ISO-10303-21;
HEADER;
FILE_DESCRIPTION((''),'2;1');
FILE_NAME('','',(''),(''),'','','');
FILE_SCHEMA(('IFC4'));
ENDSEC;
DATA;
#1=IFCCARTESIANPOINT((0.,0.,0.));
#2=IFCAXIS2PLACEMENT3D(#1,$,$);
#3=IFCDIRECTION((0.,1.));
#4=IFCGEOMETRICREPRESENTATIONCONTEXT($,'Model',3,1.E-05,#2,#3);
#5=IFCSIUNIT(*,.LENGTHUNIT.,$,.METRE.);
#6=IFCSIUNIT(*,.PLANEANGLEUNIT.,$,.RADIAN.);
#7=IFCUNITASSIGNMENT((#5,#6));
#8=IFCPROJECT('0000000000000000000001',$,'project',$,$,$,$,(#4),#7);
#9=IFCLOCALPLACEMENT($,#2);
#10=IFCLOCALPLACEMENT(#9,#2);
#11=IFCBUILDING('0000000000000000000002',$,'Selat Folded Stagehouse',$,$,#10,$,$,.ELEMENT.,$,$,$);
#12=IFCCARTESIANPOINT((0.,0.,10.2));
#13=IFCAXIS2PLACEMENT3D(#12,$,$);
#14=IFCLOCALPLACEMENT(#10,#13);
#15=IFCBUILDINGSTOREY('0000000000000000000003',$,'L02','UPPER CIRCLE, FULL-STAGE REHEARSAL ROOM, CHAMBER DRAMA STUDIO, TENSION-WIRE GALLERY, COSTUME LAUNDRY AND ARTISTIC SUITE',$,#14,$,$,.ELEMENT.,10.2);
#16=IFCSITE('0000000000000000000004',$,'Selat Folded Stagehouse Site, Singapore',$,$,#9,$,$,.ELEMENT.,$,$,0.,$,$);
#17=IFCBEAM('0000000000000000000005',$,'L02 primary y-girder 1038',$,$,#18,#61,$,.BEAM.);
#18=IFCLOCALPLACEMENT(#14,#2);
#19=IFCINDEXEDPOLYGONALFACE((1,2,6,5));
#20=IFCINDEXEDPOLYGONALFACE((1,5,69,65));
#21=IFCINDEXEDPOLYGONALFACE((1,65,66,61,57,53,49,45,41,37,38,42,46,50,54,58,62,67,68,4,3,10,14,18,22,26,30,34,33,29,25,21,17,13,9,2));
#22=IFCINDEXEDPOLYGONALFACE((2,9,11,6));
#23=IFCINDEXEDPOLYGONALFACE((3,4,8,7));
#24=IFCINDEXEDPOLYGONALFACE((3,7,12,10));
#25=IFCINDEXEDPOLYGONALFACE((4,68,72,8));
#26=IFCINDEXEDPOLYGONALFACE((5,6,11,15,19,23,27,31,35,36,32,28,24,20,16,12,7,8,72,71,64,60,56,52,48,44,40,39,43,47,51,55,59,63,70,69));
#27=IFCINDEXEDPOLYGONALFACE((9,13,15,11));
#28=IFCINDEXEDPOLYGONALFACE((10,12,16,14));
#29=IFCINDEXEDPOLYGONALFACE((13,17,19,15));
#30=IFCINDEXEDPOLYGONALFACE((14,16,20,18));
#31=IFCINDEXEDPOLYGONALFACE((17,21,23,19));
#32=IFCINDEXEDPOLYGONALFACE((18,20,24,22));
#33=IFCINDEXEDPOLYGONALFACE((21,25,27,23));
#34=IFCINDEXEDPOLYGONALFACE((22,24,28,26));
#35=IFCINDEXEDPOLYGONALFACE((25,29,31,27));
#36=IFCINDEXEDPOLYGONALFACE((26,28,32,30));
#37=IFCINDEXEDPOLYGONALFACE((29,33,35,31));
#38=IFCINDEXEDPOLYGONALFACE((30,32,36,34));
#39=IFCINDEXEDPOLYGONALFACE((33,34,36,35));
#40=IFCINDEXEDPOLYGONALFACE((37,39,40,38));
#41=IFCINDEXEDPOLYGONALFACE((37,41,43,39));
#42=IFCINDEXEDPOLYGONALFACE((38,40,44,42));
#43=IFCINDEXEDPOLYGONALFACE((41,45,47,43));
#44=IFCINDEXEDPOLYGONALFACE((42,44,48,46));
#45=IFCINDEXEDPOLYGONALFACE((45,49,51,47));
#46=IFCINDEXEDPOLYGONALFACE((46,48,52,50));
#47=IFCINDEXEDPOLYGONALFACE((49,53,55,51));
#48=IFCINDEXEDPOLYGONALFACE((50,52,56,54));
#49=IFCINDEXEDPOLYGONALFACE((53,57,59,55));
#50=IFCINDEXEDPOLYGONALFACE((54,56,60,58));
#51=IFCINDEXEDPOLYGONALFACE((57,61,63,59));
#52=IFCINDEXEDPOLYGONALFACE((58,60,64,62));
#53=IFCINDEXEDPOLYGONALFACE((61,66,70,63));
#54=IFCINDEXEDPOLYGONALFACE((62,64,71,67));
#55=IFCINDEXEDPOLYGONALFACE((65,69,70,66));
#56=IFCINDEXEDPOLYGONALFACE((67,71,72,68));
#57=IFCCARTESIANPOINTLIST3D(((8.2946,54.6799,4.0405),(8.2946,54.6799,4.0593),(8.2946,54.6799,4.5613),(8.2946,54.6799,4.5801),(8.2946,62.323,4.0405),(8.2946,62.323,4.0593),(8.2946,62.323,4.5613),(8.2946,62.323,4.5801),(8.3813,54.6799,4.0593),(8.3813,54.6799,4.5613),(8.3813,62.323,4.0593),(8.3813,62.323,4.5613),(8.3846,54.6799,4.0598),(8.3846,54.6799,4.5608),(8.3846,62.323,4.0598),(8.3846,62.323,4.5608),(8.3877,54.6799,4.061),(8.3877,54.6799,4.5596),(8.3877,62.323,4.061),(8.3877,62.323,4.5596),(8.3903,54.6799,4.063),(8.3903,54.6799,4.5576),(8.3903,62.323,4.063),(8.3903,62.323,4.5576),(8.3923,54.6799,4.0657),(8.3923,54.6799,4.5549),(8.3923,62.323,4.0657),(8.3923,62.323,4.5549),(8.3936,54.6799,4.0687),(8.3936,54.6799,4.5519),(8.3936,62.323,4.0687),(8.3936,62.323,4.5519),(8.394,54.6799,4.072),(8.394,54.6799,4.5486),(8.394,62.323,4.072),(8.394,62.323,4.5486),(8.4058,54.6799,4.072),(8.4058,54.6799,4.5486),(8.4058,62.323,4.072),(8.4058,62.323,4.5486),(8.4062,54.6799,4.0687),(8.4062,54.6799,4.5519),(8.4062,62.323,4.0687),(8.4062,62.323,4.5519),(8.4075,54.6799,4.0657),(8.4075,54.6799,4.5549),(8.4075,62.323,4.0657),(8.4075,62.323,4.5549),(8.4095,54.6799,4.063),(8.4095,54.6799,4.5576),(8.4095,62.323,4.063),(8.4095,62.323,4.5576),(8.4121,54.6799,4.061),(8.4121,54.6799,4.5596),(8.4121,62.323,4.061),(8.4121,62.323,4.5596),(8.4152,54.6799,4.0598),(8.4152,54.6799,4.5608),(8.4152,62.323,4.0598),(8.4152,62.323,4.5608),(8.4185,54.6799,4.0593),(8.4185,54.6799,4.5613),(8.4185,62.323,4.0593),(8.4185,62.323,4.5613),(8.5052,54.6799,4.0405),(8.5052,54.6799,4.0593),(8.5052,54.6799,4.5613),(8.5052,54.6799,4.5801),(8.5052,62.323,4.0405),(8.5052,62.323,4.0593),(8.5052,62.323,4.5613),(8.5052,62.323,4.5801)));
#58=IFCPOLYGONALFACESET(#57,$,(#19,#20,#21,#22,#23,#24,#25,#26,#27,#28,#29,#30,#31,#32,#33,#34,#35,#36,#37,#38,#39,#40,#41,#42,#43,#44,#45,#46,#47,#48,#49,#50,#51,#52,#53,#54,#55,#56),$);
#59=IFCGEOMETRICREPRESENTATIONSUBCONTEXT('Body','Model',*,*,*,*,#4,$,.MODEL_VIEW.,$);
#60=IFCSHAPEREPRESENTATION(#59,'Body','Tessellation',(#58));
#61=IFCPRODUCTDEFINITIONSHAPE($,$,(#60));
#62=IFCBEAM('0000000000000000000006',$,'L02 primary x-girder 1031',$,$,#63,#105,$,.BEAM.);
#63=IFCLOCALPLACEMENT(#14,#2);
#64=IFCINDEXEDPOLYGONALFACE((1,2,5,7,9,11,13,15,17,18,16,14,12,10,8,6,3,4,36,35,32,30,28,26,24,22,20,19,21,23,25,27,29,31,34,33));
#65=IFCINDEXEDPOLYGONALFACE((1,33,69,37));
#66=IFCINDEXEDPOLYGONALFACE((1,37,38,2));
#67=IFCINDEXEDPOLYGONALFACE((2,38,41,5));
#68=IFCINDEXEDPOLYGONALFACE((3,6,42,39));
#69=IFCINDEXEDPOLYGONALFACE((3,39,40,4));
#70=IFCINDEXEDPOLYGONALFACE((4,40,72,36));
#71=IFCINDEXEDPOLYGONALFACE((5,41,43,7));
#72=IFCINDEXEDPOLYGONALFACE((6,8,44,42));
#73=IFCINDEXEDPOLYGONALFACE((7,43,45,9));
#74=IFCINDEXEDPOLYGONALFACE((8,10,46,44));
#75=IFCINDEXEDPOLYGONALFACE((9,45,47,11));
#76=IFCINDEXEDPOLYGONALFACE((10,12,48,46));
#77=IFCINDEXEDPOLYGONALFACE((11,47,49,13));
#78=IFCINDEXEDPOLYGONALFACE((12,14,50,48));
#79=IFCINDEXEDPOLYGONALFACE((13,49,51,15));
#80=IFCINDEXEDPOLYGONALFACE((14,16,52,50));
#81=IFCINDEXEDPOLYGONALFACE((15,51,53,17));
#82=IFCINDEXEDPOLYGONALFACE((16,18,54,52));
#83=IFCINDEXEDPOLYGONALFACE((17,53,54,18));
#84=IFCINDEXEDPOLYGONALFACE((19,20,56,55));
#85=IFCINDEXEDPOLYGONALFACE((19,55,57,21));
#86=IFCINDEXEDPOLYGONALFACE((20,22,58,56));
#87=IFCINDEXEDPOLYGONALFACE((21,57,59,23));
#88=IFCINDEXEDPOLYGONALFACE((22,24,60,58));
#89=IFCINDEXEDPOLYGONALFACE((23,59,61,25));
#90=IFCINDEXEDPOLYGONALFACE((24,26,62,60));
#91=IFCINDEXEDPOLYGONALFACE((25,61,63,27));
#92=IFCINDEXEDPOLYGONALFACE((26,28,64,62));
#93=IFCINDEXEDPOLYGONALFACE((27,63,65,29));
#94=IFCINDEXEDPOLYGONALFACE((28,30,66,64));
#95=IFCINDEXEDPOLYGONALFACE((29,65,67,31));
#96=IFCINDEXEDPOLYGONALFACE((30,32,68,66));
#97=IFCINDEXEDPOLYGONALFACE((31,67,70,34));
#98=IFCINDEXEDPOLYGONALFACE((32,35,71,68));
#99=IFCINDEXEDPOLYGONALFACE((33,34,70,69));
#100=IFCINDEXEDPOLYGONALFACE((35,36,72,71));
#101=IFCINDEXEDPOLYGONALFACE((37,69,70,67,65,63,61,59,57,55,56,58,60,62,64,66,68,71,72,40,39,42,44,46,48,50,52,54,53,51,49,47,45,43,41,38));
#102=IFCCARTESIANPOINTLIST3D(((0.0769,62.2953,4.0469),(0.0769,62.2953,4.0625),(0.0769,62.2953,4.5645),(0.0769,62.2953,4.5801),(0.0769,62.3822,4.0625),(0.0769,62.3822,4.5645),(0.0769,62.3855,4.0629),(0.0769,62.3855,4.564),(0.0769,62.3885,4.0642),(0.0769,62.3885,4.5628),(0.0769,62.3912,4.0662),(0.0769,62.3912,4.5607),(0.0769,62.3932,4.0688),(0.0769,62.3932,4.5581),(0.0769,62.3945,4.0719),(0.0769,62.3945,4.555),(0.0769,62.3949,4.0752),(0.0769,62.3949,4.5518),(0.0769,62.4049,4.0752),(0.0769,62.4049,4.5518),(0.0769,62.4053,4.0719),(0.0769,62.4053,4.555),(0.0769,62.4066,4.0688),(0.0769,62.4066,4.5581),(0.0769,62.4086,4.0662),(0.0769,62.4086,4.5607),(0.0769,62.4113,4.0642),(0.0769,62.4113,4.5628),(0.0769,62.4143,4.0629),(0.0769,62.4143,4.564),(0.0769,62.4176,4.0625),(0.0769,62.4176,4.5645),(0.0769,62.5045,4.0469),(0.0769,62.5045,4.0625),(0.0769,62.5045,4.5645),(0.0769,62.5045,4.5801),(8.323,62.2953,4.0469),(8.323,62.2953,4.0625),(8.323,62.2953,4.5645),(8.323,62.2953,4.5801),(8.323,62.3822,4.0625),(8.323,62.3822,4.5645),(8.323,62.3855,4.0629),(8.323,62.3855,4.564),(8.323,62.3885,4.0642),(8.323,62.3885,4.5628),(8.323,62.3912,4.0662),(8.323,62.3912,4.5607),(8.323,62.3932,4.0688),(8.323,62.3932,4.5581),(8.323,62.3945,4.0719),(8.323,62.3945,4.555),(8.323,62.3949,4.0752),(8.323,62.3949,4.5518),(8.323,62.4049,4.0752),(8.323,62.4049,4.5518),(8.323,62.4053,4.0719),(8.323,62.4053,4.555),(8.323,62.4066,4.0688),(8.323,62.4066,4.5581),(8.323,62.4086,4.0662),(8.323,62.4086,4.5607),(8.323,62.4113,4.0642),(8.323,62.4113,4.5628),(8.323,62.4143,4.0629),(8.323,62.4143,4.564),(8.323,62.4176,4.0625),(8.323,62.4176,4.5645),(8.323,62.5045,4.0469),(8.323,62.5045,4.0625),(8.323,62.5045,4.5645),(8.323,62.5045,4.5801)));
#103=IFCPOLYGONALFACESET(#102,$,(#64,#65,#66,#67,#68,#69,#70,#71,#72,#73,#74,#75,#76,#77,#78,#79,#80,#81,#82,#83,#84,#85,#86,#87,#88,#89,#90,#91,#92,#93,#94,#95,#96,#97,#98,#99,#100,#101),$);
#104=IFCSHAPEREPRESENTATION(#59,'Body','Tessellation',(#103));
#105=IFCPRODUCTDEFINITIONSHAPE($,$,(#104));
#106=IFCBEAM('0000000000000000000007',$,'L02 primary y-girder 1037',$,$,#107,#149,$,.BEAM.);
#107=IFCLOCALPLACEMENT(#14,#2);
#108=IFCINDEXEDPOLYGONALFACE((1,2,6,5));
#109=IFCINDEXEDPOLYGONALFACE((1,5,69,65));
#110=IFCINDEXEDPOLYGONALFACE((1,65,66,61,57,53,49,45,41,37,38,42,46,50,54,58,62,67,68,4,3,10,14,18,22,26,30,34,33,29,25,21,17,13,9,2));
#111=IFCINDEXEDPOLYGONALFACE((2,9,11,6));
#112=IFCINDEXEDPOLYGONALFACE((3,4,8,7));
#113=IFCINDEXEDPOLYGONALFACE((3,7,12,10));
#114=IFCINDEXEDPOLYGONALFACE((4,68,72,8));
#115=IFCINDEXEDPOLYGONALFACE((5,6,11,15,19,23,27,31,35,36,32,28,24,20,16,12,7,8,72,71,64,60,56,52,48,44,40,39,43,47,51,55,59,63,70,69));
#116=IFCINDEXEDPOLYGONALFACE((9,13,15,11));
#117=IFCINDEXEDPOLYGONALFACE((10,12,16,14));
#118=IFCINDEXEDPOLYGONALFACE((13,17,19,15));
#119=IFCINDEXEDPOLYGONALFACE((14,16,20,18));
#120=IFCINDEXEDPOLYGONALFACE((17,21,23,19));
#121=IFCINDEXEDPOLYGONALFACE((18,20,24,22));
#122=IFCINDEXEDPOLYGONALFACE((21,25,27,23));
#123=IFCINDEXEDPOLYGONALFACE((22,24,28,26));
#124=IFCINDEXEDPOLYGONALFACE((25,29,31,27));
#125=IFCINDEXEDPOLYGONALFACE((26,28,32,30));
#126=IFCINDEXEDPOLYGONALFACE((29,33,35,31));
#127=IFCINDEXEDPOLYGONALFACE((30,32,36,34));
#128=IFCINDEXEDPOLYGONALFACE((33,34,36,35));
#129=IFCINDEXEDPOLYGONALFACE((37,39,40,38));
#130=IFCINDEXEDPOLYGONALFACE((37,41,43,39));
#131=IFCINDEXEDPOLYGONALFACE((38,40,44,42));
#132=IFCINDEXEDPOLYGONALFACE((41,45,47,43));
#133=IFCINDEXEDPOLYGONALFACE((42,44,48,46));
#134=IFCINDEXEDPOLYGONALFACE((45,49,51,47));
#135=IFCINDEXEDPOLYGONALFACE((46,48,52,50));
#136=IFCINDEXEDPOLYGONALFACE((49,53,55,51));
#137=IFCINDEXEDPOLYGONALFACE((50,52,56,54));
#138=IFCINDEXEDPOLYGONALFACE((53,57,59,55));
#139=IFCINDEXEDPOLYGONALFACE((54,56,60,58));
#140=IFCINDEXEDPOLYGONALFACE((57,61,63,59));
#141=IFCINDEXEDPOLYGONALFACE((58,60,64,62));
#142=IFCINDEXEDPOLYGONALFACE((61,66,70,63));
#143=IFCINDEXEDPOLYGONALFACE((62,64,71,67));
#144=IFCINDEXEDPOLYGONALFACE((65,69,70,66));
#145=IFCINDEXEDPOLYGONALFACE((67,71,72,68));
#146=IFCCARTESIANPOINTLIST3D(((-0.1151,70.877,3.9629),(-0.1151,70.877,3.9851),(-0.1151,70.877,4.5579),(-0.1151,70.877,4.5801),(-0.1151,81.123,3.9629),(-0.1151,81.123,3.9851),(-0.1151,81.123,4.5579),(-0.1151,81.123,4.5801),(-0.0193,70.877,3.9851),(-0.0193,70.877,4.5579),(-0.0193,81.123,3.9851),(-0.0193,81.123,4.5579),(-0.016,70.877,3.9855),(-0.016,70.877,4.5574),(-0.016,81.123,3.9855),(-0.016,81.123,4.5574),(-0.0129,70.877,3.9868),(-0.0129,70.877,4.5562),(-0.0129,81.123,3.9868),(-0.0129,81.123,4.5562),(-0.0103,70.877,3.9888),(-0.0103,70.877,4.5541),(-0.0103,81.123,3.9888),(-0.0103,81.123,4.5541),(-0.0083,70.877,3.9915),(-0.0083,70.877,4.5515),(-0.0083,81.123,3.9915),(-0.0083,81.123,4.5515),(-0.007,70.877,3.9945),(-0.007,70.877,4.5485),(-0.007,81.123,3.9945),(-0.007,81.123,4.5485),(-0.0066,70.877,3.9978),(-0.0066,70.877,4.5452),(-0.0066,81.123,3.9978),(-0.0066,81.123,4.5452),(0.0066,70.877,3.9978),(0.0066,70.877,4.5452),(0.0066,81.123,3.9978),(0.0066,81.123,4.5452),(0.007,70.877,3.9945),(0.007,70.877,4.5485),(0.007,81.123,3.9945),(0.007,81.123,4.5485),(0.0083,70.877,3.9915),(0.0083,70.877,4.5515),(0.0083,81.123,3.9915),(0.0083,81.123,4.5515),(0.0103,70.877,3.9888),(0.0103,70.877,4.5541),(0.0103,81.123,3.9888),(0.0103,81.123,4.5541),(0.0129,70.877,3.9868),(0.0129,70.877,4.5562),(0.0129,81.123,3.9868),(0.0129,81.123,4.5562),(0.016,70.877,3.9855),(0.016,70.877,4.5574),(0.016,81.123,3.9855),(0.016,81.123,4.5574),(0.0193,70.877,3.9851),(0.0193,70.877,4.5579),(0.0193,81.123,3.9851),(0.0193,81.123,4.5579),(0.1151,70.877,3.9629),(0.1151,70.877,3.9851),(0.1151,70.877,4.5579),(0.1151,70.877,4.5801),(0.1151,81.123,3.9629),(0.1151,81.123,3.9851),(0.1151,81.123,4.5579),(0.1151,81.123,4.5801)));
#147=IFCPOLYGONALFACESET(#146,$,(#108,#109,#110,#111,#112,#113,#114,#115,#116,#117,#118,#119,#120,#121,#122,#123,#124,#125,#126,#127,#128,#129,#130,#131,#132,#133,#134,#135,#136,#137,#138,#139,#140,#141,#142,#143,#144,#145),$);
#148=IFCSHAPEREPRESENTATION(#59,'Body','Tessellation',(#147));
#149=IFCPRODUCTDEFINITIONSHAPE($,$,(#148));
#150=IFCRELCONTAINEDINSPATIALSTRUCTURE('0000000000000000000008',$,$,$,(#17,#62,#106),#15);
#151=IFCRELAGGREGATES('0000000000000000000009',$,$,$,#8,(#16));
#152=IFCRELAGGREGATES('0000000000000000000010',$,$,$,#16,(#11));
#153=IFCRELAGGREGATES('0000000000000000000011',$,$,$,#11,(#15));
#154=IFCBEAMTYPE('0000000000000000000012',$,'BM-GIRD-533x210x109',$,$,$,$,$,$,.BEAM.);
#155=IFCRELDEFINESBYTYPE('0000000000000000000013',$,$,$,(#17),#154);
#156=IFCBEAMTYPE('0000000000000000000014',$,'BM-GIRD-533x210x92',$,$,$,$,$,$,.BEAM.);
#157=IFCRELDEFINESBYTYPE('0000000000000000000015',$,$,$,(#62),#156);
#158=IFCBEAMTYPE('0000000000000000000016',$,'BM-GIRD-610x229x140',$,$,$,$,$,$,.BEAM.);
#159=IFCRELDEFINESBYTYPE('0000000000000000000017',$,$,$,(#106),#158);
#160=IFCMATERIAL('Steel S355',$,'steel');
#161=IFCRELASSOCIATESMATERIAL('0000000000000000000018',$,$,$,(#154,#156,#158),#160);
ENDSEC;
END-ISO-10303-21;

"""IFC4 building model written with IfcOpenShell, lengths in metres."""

from ifc_helpers import new_model, si_unit, direction, frame, origin, origin_2d, place, context, subcontext, project, spatial, i_section, extrude, material, material_profile, profile_set, type_object, element, save


model = new_model("IFC4")

# Units and contexts
model_context = context("Model", 3, precision=1e-05, world=origin(), true_north=direction((0.0, 1.0)))
body_context = subcontext(model_context, "Body", "Model", "MODEL_VIEW")
ifc_project = project(units=[si_unit("LENGTHUNIT", "METRE"), si_unit("PLANEANGLEUNIT", "RADIAN")], contexts=[model_context])

# Site, building, storey
site_placement = place(None, origin())
site = spatial("IfcSite", under=ifc_project, at=site_placement, Name="Selat Folded Stagehouse Site, Singapore", CompositionType="ELEMENT", RefElevation=0.0)
building_placement = place(site_placement, origin())
building = spatial("IfcBuilding", under=site, at=building_placement, Name="Selat Folded Stagehouse", CompositionType="ELEMENT")
storey_placement = place(building_placement, frame((0.0, 0.0, 10.2)))
storey = spatial("IfcBuildingStorey", under=building, at=storey_placement, Name="L02", Description="UPPER CIRCLE, FULL-STAGE REHEARSAL ROOM, CHAMBER DRAMA STUDIO, TENSION-WIRE GALLERY, COSTUME LAUNDRY AND ARTISTIC SUITE", CompositionType="ELEMENT", Elevation=10.2)

# Shared definitions
ifc_material_1 = material(Name="Steel S355", Category="steel")

# Beams
ifc_material_profile_1 = material_profile(ifc_material_1, i_section(OverallWidth=0.2107, OverallDepth=0.5396, WebThickness=0.0117, FlangeThickness=0.0188, FilletRadius=0.0127, at=origin_2d()), Name="UKB 533x210x109")
ifc_profile_set_1 = profile_set([ifc_material_profile_1], Name="Steel S355")
beam_type_1 = type_object("IfcBeamType", Name="BM-GIRD-533x210x109", PredefinedType="BEAM", material=ifc_profile_set_1)
beam_1_placement = place(storey_placement, frame((8.3999, 54.6799, 4.3103), z_axis=(0.0, 1.0, 0.0), x_axis=(-1.0, 0.0, 0.0)))
element("IfcBeam", 1, at=beam_1_placement, inside=storey, type_object=beam_type_1, Name="L02 primary y-girder 1038", PredefinedType="BEAM", context=body_context, shape_type="SweptSolid", body=[
    extrude(i_section(OverallWidth=0.2107, OverallDepth=0.5396, WebThickness=0.0117, FlangeThickness=0.0188, FilletRadius=0.0127, at=origin_2d()), origin(), (0.0, 0.0, 1.0), 7.6431),
])
ifc_material_profile_2 = material_profile(ifc_material_1, i_section(OverallWidth=0.2092, OverallDepth=0.5332, WebThickness=0.01, FlangeThickness=0.0156, FilletRadius=0.0127, at=origin_2d()), Name="UKB 533x210x92")
ifc_profile_set_2 = profile_set([ifc_material_profile_2], Name="Steel S355")
beam_type_2 = type_object("IfcBeamType", Name="BM-GIRD-533x210x92", PredefinedType="BEAM", material=ifc_profile_set_2)
beam_2_placement = place(storey_placement, frame((0.0769, 62.3999, 4.3135), z_axis=(1.0, 0.0, 0.0), x_axis=(0.0, 1.0, 0.0)))
element("IfcBeam", 2, at=beam_2_placement, inside=storey, type_object=beam_type_2, Name="L02 primary x-girder 1031", PredefinedType="BEAM", context=body_context, shape_type="SweptSolid", body=[
    extrude(i_section(OverallWidth=0.2092, OverallDepth=0.5332, WebThickness=0.01, FlangeThickness=0.0156, FilletRadius=0.0127, at=origin_2d()), origin(), (0.0, 0.0, 1.0), 8.2461),
])
ifc_material_profile_3 = material_profile(ifc_material_1, i_section(OverallWidth=0.2302, OverallDepth=0.6172, WebThickness=0.0132, FlangeThickness=0.0222, FilletRadius=0.0127, at=origin_2d()), Name="UKB 610x229x140")
ifc_profile_set_3 = profile_set([ifc_material_profile_3], Name="Steel S355")
beam_type_3 = type_object("IfcBeamType", Name="BM-GIRD-610x229x140", PredefinedType="BEAM", material=ifc_profile_set_3)
beam_3_placement = place(storey_placement, frame((0.0, 70.877, 4.2715), z_axis=(0.0, 1.0, 0.0), x_axis=(-1.0, 0.0, 0.0)))
element("IfcBeam", 3, at=beam_3_placement, inside=storey, type_object=beam_type_3, Name="L02 primary y-girder 1037", PredefinedType="BEAM", context=body_context, shape_type="SweptSolid", body=[
    extrude(i_section(OverallWidth=0.2302, OverallDepth=0.6172, WebThickness=0.0132, FlangeThickness=0.0222, FilletRadius=0.0127, at=origin_2d()), origin(), (0.0, 0.0, 1.0), 10.2461),
])

save(model, "model.ifc")
